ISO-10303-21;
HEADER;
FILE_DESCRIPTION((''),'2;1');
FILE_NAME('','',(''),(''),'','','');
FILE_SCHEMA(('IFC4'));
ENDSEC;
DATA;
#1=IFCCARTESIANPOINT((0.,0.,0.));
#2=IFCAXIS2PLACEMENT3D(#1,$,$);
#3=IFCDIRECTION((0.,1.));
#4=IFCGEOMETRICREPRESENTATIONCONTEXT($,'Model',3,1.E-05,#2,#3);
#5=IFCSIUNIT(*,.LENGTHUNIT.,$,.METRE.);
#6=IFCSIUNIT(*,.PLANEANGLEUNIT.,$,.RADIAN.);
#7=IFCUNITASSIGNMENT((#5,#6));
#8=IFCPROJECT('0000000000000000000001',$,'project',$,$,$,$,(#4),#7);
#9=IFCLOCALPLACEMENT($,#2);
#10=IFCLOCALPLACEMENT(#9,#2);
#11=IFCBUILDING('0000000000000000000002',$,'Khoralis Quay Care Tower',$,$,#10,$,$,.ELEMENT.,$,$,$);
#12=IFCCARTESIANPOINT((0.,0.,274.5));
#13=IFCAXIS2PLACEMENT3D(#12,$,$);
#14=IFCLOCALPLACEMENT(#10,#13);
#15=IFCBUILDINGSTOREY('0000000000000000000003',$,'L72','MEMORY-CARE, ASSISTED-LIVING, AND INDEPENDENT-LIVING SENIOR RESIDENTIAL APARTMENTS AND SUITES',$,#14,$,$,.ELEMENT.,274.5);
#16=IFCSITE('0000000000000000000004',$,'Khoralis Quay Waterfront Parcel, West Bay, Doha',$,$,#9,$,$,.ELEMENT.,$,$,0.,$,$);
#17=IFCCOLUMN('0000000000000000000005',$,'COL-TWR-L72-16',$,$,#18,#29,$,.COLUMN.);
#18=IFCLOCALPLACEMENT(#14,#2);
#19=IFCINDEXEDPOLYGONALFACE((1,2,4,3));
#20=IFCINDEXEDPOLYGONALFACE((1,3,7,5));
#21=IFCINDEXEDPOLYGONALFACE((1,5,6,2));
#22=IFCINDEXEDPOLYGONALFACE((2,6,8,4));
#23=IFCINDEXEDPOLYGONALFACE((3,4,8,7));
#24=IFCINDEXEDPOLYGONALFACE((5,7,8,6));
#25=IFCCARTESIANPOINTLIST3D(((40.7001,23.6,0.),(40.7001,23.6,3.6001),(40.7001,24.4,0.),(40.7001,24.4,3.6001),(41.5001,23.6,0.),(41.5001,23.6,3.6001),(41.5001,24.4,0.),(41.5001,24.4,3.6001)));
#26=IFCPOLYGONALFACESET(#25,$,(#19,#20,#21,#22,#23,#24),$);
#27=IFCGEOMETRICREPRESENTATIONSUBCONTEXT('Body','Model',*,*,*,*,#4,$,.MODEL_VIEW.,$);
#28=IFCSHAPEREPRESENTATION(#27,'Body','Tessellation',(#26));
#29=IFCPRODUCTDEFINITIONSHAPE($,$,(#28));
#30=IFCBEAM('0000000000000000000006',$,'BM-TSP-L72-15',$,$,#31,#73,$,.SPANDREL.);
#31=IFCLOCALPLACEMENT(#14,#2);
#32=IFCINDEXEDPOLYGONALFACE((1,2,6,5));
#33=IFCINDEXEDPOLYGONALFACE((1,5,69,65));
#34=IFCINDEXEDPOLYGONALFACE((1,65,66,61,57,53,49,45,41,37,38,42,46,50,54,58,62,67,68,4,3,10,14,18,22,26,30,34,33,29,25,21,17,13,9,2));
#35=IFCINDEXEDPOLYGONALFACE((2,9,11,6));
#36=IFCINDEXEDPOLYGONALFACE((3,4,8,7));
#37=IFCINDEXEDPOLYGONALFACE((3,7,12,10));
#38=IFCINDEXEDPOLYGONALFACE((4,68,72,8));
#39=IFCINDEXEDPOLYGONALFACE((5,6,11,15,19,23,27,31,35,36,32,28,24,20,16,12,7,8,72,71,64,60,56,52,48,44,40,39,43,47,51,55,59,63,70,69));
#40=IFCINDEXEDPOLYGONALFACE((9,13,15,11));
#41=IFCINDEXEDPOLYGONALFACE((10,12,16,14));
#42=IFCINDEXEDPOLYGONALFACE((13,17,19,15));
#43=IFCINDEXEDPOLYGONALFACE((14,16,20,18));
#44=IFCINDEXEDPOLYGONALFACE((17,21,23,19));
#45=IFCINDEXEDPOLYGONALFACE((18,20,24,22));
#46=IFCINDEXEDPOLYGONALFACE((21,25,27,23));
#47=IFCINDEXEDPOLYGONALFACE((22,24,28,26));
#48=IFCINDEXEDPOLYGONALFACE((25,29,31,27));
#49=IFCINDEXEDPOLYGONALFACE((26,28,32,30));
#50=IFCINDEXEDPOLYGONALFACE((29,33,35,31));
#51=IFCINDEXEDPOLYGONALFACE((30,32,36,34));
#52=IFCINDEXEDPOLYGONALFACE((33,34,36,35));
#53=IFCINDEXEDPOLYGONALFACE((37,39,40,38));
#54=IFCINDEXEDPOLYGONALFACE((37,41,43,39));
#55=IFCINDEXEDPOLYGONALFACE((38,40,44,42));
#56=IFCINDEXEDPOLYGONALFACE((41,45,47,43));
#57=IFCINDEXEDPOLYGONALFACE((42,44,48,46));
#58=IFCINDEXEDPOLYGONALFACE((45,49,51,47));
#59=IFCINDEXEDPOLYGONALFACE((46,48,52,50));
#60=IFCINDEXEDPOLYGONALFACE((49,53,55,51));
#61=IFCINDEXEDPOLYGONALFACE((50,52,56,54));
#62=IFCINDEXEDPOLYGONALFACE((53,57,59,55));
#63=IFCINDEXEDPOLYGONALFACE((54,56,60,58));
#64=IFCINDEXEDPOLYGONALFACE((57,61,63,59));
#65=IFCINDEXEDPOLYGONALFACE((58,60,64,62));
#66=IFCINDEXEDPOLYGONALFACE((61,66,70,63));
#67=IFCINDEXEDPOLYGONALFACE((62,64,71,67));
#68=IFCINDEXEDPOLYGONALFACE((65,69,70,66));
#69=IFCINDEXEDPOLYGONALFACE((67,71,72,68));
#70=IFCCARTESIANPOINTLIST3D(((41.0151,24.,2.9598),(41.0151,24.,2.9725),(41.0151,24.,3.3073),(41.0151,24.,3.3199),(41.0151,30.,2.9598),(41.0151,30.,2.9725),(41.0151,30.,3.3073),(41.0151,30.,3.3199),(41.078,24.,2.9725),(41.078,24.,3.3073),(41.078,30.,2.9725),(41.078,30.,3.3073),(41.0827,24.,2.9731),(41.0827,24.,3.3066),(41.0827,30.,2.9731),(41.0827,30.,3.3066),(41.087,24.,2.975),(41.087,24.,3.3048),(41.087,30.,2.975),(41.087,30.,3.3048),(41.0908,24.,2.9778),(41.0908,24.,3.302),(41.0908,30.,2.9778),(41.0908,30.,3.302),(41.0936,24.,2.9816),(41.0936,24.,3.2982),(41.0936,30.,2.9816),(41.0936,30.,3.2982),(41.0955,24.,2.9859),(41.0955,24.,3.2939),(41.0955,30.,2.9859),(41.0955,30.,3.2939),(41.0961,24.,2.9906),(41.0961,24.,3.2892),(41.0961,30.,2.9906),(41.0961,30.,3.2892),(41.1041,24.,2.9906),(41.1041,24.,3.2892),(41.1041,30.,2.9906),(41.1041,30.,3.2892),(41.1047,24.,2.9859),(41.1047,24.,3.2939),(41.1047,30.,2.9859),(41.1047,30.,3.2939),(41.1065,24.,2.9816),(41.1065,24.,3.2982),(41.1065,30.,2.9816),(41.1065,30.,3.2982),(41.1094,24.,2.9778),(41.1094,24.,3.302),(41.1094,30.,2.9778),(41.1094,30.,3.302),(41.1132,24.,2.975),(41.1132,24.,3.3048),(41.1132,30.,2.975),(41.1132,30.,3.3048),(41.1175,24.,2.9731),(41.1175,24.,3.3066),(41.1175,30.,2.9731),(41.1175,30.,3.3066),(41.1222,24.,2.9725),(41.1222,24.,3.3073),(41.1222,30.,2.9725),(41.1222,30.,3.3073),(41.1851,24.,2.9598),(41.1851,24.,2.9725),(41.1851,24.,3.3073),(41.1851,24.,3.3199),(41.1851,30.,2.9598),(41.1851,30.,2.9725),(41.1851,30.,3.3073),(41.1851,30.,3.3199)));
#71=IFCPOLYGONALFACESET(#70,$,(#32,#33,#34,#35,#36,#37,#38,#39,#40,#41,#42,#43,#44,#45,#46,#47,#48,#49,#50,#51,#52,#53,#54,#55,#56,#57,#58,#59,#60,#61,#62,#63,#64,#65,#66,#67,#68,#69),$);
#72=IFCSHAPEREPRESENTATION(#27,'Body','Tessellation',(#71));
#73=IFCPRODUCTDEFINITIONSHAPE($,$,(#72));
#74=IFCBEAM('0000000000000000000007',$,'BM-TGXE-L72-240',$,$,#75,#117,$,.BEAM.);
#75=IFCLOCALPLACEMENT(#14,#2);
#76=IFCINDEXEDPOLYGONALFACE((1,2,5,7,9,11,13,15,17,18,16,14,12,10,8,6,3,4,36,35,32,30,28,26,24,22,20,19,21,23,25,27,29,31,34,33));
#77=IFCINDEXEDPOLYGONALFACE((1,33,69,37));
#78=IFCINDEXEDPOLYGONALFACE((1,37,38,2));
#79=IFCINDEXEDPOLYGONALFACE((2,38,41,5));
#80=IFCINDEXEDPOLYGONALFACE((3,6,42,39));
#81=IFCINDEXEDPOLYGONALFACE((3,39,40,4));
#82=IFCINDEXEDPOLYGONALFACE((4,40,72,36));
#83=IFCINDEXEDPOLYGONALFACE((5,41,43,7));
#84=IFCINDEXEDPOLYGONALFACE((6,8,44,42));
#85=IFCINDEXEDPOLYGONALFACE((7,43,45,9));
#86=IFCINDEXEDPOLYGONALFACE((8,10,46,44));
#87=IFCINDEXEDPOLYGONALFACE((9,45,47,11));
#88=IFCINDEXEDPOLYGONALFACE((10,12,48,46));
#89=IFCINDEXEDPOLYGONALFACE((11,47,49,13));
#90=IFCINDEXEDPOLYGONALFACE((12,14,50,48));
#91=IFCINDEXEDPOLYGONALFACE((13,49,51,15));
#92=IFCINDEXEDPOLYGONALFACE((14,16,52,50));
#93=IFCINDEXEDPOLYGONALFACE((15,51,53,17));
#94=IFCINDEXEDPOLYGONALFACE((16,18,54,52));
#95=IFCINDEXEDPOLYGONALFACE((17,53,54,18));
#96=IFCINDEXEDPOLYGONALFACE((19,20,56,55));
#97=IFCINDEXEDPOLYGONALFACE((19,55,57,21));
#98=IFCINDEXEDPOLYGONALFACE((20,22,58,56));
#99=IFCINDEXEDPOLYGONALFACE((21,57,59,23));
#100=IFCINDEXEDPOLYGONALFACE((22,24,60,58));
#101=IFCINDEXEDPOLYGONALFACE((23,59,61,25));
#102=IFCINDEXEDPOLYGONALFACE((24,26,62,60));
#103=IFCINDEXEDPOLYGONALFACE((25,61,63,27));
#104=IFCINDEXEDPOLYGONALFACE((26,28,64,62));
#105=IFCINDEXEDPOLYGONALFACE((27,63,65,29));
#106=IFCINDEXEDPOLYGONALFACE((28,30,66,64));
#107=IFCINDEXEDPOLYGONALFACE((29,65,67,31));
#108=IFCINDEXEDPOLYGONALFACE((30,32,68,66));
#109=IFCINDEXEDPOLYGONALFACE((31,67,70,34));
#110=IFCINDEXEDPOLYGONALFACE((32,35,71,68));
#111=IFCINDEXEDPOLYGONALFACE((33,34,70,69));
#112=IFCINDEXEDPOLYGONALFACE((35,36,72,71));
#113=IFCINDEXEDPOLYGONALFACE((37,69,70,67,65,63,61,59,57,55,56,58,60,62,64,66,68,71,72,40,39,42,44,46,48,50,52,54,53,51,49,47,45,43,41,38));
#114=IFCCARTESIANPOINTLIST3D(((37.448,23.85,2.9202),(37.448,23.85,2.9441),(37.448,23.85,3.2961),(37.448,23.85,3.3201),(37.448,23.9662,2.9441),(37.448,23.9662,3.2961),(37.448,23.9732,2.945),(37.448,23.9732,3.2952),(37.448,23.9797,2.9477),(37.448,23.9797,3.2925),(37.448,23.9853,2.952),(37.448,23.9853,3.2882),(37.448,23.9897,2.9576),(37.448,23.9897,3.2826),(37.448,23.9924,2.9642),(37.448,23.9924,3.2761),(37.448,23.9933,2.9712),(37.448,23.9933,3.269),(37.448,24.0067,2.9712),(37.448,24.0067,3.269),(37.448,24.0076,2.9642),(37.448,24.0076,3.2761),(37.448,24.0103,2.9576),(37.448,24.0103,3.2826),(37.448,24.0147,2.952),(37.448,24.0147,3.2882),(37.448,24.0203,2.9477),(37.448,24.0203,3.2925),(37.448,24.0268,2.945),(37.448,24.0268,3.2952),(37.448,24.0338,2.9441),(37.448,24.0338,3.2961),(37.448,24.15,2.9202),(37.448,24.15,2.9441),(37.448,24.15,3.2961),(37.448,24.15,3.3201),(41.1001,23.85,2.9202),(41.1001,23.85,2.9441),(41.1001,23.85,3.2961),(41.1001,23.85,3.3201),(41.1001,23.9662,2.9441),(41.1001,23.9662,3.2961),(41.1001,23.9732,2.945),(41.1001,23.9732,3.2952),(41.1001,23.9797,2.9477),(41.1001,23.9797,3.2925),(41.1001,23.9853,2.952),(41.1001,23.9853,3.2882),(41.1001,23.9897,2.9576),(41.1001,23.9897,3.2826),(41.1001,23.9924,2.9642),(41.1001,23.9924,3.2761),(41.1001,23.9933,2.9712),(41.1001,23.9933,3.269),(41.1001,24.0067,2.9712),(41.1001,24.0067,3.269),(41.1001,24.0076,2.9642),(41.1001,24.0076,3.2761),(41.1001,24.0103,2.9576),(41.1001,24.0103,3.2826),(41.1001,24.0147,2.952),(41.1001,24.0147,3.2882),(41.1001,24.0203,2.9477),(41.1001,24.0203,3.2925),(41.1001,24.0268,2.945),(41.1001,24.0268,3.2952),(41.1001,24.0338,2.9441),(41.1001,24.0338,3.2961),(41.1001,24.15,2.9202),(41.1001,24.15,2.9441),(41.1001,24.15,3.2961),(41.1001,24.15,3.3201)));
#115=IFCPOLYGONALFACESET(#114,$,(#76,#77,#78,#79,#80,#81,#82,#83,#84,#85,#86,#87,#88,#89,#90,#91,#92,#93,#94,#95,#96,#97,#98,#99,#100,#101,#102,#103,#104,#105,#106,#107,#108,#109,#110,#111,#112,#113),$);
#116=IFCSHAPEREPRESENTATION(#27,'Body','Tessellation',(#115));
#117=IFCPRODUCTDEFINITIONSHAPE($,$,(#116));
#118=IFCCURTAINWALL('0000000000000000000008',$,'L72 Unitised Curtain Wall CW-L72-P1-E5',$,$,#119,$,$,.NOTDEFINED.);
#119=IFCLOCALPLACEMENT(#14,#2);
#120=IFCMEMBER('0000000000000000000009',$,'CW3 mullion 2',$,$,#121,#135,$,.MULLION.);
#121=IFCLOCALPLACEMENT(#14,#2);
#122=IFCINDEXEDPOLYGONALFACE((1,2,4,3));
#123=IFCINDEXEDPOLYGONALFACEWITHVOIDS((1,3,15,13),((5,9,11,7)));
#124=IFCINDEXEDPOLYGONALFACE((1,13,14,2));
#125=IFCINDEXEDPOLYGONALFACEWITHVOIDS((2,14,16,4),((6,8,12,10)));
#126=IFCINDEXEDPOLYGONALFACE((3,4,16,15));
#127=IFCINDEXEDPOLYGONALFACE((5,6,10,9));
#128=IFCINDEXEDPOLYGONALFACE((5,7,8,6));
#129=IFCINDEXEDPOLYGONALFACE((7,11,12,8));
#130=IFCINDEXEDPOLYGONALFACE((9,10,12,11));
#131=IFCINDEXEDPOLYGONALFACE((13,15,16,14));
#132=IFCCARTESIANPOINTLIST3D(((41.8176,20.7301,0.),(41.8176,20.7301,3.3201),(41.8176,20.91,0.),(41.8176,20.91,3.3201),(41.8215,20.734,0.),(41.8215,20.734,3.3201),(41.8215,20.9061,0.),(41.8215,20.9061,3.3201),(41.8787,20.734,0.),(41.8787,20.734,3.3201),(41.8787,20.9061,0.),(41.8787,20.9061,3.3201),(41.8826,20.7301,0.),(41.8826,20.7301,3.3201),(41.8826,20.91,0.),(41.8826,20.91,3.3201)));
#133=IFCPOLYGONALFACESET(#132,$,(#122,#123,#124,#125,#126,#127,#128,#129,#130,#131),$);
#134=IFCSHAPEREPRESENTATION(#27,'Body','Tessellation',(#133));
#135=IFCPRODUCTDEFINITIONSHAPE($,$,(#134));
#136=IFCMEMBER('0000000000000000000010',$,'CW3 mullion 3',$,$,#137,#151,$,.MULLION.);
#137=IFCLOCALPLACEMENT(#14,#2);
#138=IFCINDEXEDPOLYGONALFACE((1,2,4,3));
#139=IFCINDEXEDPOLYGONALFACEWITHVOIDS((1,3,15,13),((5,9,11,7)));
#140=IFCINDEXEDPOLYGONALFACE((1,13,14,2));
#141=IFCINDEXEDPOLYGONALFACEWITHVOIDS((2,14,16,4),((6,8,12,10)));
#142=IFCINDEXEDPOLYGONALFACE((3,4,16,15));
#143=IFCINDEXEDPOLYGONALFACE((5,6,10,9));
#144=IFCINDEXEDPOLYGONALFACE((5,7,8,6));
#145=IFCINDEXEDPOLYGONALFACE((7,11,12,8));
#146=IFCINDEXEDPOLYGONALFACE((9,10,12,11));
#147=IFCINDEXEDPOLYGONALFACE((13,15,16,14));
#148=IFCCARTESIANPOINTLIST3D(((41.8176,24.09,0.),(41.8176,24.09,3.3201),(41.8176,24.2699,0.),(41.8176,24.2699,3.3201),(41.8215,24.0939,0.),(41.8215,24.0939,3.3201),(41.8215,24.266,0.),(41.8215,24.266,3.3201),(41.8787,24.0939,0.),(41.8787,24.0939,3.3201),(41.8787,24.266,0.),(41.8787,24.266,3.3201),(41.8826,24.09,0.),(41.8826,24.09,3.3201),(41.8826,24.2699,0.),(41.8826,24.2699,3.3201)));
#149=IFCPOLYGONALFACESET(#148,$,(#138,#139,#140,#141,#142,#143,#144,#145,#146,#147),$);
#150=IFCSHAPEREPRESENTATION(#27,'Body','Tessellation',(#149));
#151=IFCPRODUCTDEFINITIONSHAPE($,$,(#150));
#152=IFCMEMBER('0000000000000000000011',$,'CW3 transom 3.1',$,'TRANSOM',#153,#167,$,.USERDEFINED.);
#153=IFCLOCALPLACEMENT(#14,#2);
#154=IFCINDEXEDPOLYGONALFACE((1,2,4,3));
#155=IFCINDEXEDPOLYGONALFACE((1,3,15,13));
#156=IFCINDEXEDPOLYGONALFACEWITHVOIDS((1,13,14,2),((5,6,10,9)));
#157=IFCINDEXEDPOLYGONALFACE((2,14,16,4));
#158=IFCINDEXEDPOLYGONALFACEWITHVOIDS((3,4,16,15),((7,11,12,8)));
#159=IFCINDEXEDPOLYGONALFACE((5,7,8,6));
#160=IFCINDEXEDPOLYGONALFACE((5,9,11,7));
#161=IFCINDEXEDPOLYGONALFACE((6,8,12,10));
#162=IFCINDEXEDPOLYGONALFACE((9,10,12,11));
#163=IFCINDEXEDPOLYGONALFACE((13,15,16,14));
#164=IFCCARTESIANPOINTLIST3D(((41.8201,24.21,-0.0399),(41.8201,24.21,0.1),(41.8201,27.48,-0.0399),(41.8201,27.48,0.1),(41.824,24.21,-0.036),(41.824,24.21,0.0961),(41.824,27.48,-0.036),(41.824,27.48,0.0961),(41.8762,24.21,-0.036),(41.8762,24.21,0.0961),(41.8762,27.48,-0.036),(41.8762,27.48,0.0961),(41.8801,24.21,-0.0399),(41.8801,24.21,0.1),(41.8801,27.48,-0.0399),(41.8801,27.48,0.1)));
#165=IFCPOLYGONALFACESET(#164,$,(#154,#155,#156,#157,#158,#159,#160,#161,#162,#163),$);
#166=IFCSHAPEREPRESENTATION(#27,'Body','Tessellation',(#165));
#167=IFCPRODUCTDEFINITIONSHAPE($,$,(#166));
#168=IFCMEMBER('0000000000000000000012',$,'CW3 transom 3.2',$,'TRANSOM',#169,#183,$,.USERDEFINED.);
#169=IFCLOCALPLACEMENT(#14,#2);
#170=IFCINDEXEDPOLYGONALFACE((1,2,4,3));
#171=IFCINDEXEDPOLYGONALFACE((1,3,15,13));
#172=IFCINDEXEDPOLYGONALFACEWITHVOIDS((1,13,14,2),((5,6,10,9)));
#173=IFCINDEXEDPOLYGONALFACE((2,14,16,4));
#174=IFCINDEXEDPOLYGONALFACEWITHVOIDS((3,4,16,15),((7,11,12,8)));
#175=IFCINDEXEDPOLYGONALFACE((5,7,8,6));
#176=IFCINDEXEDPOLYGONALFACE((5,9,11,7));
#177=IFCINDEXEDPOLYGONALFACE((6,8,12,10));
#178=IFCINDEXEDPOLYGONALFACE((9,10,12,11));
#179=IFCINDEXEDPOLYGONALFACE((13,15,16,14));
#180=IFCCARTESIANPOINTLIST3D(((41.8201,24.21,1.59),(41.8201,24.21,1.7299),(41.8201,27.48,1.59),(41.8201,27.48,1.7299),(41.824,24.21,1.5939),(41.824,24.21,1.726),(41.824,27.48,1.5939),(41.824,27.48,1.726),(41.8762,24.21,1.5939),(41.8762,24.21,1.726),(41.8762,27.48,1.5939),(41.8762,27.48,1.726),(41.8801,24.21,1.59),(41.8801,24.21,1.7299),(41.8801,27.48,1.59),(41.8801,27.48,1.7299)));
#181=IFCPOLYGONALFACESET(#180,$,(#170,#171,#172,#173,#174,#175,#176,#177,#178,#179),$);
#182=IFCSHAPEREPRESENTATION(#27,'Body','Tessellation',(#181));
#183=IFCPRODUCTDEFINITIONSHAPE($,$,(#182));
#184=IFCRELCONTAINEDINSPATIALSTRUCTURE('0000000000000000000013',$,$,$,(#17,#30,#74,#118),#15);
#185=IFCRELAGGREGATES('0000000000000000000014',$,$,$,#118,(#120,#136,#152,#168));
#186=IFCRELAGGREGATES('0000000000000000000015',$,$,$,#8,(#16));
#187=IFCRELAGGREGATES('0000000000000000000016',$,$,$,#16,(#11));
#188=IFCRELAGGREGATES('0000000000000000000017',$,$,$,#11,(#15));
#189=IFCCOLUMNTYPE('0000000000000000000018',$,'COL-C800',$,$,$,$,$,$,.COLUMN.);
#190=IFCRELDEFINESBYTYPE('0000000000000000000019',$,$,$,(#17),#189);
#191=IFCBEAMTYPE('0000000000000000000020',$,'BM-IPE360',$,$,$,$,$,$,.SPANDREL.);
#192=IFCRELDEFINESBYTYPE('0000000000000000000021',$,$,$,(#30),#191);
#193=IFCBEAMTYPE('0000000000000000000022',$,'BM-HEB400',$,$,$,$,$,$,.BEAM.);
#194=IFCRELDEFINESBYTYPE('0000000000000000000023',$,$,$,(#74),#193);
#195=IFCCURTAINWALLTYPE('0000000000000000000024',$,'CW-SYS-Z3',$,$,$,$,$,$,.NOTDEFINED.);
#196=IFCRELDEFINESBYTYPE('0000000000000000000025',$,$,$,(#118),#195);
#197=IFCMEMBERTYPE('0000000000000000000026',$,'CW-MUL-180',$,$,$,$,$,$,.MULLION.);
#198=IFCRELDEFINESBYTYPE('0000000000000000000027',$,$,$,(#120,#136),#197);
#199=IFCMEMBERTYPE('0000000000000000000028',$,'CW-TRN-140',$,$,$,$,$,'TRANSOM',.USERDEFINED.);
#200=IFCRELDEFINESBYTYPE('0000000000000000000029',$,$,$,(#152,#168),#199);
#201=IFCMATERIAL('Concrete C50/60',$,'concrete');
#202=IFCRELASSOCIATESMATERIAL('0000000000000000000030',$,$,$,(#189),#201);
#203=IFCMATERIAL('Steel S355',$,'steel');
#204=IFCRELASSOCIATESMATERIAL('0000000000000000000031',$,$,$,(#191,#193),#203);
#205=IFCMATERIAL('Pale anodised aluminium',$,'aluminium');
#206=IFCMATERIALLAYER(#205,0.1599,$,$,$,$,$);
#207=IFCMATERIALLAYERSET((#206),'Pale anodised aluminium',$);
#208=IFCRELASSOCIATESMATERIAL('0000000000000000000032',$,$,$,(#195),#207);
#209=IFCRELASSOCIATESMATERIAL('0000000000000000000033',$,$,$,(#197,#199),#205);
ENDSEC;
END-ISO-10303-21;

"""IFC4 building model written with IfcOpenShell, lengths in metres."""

from ifc_helpers import new_model, si_unit, direction, frame, origin, origin_2d, place, context, subcontext, project, spatial, rectangle, hollow_rectangle, i_section, extrude, source, transform, mapped, material, layer, layer_set, material_profile, profile_set, type_object, element, aggregate, save


model = new_model("IFC4")

# Units and contexts
model_context = context("Model", 3, precision=1e-05, world=origin(), true_north=direction((0.0, 1.0)))
body_context = subcontext(model_context, "Body", "Model", "MODEL_VIEW")
ifc_project = project(units=[si_unit("LENGTHUNIT", "METRE"), si_unit("PLANEANGLEUNIT", "RADIAN")], contexts=[model_context])

# Site, building, storey
site_placement = place(None, origin())
site = spatial("IfcSite", under=ifc_project, at=site_placement, Name="Khoralis Quay Waterfront Parcel, West Bay, Doha", CompositionType="ELEMENT", RefElevation=0.0)
building_placement = place(site_placement, origin())
building = spatial("IfcBuilding", under=site, at=building_placement, Name="Khoralis Quay Care Tower", CompositionType="ELEMENT")
storey_placement = place(building_placement, frame((0.0, 0.0, 274.5)))
storey = spatial("IfcBuildingStorey", under=building, at=storey_placement, Name="L72", Description="MEMORY-CARE, ASSISTED-LIVING, AND INDEPENDENT-LIVING SENIOR RESIDENTIAL APARTMENTS AND SUITES", CompositionType="ELEMENT", Elevation=274.5)

# Column
ifc_material_1 = material(Name="Concrete C50/60", Category="concrete")
ifc_material_profile_1 = material_profile(ifc_material_1, rectangle(XDim=0.8, YDim=0.8, at=origin_2d()), Name="Concrete C50/60")
ifc_profile_set_1 = profile_set([ifc_material_profile_1], Name="Concrete C50/60")
column_type = type_object("IfcColumnType", Name="COL-C800", PredefinedType="COLUMN", material=ifc_profile_set_1)
shared_shape_1 = source(origin(), body_context, "Body", "SweptSolid", [
    extrude(rectangle(XDim=0.8, YDim=0.8, at=origin_2d()), origin(), (0.0, 0.0, 1.0), 3.6001),
])
column_placement = place(storey_placement, frame((41.1001, 24.0, 0.0), z_axis=(0.0, 0.0, 1.0), x_axis=(1.0, 0.0, 0.0)))
element("IfcColumn", 1, at=column_placement, inside=storey, type_object=column_type, Name="COL-TWR-L72-16", PredefinedType="COLUMN", context=body_context, shape_type="MappedRepresentation", body=[
    mapped(shared_shape_1, transform((0.0, 0.0, 0.0), scale=1.0)),
])

# Beams
ifc_material_2 = material(Name="Steel S355", Category="steel")
ifc_material_profile_2 = material_profile(ifc_material_2, i_section(OverallWidth=0.1699, OverallDepth=0.3601, WebThickness=0.0081, FlangeThickness=0.0127, FilletRadius=0.0181, at=origin_2d()), Name="Steel S355")
ifc_profile_set_2 = profile_set([ifc_material_profile_2], Name="Steel S355")
beam_type_1 = type_object("IfcBeamType", Name="BM-IPE360", PredefinedType="SPANDREL", material=ifc_profile_set_2)
shared_shape_2 = source(origin(), body_context, "Body", "SweptSolid", [
    extrude(i_section(OverallWidth=0.1699, OverallDepth=0.3601, WebThickness=0.0081, FlangeThickness=0.0127, FilletRadius=0.0181, at=origin_2d()), origin(), (0.0, 0.0, 1.0), 6.0),
])
beam_1_placement = place(storey_placement, frame((41.1001, 24.0, 3.1399), z_axis=(0.0, 1.0, 0.0), x_axis=(-1.0, 0.0, 0.0)))
element("IfcBeam", 2, at=beam_1_placement, inside=storey, type_object=beam_type_1, Name="BM-TSP-L72-15", PredefinedType="SPANDREL", context=body_context, shape_type="MappedRepresentation", body=[
    mapped(shared_shape_2, transform((0.0, 0.0, 0.0), scale=1.0)),
])
ifc_material_profile_3 = material_profile(ifc_material_2, i_section(OverallWidth=0.3, OverallDepth=0.3999, WebThickness=0.0134, FlangeThickness=0.0239, FilletRadius=0.0271, at=origin_2d()), Name="Steel S355")
ifc_profile_set_3 = profile_set([ifc_material_profile_3], Name="Steel S355")
beam_type_2 = type_object("IfcBeamType", Name="BM-HEB400", PredefinedType="BEAM", material=ifc_profile_set_3)
shared_shape_3 = source(origin(), body_context, "Body", "SweptSolid", [
    extrude(i_section(OverallWidth=0.3, OverallDepth=0.3999, WebThickness=0.0134, FlangeThickness=0.0239, FilletRadius=0.0271, at=origin_2d()), origin(), (0.0, 0.0, 1.0), 3.6521),
])
beam_2_placement = place(storey_placement, frame((37.448, 24.0, 3.1201), z_axis=(1.0, 0.0, 0.0), x_axis=(0.0, 1.0, 0.0)))
element("IfcBeam", 3, at=beam_2_placement, inside=storey, type_object=beam_type_2, Name="BM-TGXE-L72-240", PredefinedType="BEAM", context=body_context, shape_type="MappedRepresentation", body=[
    mapped(shared_shape_3, transform((0.0, 0.0, 0.0), scale=1.0)),
])

# Curtain wall, members
ifc_material_3 = material(Name="Pale anodised aluminium", Category="aluminium")
ifc_layer_1 = layer(ifc_material_3, 0.1599)
ifc_layer_set_1 = layer_set([ifc_layer_1], Name="Pale anodised aluminium")
curtain_wall_type = type_object("IfcCurtainWallType", Name="CW-SYS-Z3", PredefinedType="NOTDEFINED", material=ifc_layer_set_1)
curtain_wall_placement = place(storey_placement, origin())
curtain_wall = element("IfcCurtainWall", 4, at=curtain_wall_placement, inside=storey, type_object=curtain_wall_type, Name="L72 Unitised Curtain Wall CW-L72-P1-E5", PredefinedType="NOTDEFINED")
ifc_material_profile_4 = material_profile(ifc_material_3, hollow_rectangle(XDim=0.0649, YDim=0.1799, WallThickness=0.0039, at=origin_2d()), Name="Pale anodised aluminium")
ifc_profile_set_4 = profile_set([ifc_material_profile_4], Name="Pale anodised aluminium")
member_type_1 = type_object("IfcMemberType", Name="CW-MUL-180", PredefinedType="MULLION", material=ifc_profile_set_4)
shared_shape_4 = source(origin(), body_context, "Body", "SweptSolid", [
    extrude(hollow_rectangle(XDim=0.0649, YDim=0.1799, WallThickness=0.0039, at=origin_2d()), origin(), (0.0, 0.0, 1.0), 3.3201),
])
member_1_placement = place(storey_placement, frame((41.8501, 20.8201, 0.0), z_axis=(0.0, 0.0, 1.0), x_axis=(-1.0, 0.0, 0.0)))
member_1 = element("IfcMember", 5, at=member_1_placement, type_object=member_type_1, Name="CW3 mullion 2", PredefinedType="MULLION", context=body_context, shape_type="MappedRepresentation", body=[
    mapped(shared_shape_4, transform((0.0, 0.0, 0.0), scale=1.0)),
])
member_2_placement = place(storey_placement, frame((41.8501, 24.1799, 0.0), z_axis=(0.0, 0.0, 1.0), x_axis=(-1.0, 0.0, 0.0)))
member_2 = element("IfcMember", 6, at=member_2_placement, type_object=member_type_1, Name="CW3 mullion 3", PredefinedType="MULLION", context=body_context, shape_type="MappedRepresentation", body=[
    mapped(shared_shape_4, transform((0.0, 0.0, 0.0), scale=1.0)),
])
ifc_material_profile_5 = material_profile(ifc_material_3, hollow_rectangle(XDim=0.0601, YDim=0.1399, WallThickness=0.0039, at=origin_2d()), Name="Pale anodised aluminium")
ifc_profile_set_5 = profile_set([ifc_material_profile_5], Name="Pale anodised aluminium")
member_type_2 = type_object("IfcMemberType", Name="CW-TRN-140", ElementType="TRANSOM", PredefinedType="USERDEFINED", material=ifc_profile_set_5)
shared_shape_5 = source(origin(), body_context, "Body", "SweptSolid", [
    extrude(hollow_rectangle(XDim=0.0601, YDim=0.1399, WallThickness=0.0039, at=origin_2d()), origin(), (0.0, 0.0, 1.0), 3.27),
])
member_3_placement = place(storey_placement, frame((41.8501, 24.21, 0.03), z_axis=(0.0, 1.0, 0.0), x_axis=(-1.0, 0.0, 0.0)))
member_3 = element("IfcMember", 7, at=member_3_placement, type_object=member_type_2, Name="CW3 transom 3.1", ObjectType="TRANSOM", PredefinedType="USERDEFINED", context=body_context, shape_type="MappedRepresentation", body=[
    mapped(shared_shape_5, transform((0.0, 0.0, 0.0), scale=1.0)),
])
member_4_placement = place(storey_placement, frame((41.8501, 24.21, 1.6599), z_axis=(0.0, 1.0, 0.0), x_axis=(-1.0, 0.0, 0.0)))
member_4 = element("IfcMember", 8, at=member_4_placement, type_object=member_type_2, Name="CW3 transom 3.2", ObjectType="TRANSOM", PredefinedType="USERDEFINED", context=body_context, shape_type="MappedRepresentation", body=[
    mapped(shared_shape_5, transform((0.0, 0.0, 0.0), scale=1.0)),
])
aggregate(curtain_wall, [member_1, member_2, member_3, member_4])

save(model, "model.ifc")
